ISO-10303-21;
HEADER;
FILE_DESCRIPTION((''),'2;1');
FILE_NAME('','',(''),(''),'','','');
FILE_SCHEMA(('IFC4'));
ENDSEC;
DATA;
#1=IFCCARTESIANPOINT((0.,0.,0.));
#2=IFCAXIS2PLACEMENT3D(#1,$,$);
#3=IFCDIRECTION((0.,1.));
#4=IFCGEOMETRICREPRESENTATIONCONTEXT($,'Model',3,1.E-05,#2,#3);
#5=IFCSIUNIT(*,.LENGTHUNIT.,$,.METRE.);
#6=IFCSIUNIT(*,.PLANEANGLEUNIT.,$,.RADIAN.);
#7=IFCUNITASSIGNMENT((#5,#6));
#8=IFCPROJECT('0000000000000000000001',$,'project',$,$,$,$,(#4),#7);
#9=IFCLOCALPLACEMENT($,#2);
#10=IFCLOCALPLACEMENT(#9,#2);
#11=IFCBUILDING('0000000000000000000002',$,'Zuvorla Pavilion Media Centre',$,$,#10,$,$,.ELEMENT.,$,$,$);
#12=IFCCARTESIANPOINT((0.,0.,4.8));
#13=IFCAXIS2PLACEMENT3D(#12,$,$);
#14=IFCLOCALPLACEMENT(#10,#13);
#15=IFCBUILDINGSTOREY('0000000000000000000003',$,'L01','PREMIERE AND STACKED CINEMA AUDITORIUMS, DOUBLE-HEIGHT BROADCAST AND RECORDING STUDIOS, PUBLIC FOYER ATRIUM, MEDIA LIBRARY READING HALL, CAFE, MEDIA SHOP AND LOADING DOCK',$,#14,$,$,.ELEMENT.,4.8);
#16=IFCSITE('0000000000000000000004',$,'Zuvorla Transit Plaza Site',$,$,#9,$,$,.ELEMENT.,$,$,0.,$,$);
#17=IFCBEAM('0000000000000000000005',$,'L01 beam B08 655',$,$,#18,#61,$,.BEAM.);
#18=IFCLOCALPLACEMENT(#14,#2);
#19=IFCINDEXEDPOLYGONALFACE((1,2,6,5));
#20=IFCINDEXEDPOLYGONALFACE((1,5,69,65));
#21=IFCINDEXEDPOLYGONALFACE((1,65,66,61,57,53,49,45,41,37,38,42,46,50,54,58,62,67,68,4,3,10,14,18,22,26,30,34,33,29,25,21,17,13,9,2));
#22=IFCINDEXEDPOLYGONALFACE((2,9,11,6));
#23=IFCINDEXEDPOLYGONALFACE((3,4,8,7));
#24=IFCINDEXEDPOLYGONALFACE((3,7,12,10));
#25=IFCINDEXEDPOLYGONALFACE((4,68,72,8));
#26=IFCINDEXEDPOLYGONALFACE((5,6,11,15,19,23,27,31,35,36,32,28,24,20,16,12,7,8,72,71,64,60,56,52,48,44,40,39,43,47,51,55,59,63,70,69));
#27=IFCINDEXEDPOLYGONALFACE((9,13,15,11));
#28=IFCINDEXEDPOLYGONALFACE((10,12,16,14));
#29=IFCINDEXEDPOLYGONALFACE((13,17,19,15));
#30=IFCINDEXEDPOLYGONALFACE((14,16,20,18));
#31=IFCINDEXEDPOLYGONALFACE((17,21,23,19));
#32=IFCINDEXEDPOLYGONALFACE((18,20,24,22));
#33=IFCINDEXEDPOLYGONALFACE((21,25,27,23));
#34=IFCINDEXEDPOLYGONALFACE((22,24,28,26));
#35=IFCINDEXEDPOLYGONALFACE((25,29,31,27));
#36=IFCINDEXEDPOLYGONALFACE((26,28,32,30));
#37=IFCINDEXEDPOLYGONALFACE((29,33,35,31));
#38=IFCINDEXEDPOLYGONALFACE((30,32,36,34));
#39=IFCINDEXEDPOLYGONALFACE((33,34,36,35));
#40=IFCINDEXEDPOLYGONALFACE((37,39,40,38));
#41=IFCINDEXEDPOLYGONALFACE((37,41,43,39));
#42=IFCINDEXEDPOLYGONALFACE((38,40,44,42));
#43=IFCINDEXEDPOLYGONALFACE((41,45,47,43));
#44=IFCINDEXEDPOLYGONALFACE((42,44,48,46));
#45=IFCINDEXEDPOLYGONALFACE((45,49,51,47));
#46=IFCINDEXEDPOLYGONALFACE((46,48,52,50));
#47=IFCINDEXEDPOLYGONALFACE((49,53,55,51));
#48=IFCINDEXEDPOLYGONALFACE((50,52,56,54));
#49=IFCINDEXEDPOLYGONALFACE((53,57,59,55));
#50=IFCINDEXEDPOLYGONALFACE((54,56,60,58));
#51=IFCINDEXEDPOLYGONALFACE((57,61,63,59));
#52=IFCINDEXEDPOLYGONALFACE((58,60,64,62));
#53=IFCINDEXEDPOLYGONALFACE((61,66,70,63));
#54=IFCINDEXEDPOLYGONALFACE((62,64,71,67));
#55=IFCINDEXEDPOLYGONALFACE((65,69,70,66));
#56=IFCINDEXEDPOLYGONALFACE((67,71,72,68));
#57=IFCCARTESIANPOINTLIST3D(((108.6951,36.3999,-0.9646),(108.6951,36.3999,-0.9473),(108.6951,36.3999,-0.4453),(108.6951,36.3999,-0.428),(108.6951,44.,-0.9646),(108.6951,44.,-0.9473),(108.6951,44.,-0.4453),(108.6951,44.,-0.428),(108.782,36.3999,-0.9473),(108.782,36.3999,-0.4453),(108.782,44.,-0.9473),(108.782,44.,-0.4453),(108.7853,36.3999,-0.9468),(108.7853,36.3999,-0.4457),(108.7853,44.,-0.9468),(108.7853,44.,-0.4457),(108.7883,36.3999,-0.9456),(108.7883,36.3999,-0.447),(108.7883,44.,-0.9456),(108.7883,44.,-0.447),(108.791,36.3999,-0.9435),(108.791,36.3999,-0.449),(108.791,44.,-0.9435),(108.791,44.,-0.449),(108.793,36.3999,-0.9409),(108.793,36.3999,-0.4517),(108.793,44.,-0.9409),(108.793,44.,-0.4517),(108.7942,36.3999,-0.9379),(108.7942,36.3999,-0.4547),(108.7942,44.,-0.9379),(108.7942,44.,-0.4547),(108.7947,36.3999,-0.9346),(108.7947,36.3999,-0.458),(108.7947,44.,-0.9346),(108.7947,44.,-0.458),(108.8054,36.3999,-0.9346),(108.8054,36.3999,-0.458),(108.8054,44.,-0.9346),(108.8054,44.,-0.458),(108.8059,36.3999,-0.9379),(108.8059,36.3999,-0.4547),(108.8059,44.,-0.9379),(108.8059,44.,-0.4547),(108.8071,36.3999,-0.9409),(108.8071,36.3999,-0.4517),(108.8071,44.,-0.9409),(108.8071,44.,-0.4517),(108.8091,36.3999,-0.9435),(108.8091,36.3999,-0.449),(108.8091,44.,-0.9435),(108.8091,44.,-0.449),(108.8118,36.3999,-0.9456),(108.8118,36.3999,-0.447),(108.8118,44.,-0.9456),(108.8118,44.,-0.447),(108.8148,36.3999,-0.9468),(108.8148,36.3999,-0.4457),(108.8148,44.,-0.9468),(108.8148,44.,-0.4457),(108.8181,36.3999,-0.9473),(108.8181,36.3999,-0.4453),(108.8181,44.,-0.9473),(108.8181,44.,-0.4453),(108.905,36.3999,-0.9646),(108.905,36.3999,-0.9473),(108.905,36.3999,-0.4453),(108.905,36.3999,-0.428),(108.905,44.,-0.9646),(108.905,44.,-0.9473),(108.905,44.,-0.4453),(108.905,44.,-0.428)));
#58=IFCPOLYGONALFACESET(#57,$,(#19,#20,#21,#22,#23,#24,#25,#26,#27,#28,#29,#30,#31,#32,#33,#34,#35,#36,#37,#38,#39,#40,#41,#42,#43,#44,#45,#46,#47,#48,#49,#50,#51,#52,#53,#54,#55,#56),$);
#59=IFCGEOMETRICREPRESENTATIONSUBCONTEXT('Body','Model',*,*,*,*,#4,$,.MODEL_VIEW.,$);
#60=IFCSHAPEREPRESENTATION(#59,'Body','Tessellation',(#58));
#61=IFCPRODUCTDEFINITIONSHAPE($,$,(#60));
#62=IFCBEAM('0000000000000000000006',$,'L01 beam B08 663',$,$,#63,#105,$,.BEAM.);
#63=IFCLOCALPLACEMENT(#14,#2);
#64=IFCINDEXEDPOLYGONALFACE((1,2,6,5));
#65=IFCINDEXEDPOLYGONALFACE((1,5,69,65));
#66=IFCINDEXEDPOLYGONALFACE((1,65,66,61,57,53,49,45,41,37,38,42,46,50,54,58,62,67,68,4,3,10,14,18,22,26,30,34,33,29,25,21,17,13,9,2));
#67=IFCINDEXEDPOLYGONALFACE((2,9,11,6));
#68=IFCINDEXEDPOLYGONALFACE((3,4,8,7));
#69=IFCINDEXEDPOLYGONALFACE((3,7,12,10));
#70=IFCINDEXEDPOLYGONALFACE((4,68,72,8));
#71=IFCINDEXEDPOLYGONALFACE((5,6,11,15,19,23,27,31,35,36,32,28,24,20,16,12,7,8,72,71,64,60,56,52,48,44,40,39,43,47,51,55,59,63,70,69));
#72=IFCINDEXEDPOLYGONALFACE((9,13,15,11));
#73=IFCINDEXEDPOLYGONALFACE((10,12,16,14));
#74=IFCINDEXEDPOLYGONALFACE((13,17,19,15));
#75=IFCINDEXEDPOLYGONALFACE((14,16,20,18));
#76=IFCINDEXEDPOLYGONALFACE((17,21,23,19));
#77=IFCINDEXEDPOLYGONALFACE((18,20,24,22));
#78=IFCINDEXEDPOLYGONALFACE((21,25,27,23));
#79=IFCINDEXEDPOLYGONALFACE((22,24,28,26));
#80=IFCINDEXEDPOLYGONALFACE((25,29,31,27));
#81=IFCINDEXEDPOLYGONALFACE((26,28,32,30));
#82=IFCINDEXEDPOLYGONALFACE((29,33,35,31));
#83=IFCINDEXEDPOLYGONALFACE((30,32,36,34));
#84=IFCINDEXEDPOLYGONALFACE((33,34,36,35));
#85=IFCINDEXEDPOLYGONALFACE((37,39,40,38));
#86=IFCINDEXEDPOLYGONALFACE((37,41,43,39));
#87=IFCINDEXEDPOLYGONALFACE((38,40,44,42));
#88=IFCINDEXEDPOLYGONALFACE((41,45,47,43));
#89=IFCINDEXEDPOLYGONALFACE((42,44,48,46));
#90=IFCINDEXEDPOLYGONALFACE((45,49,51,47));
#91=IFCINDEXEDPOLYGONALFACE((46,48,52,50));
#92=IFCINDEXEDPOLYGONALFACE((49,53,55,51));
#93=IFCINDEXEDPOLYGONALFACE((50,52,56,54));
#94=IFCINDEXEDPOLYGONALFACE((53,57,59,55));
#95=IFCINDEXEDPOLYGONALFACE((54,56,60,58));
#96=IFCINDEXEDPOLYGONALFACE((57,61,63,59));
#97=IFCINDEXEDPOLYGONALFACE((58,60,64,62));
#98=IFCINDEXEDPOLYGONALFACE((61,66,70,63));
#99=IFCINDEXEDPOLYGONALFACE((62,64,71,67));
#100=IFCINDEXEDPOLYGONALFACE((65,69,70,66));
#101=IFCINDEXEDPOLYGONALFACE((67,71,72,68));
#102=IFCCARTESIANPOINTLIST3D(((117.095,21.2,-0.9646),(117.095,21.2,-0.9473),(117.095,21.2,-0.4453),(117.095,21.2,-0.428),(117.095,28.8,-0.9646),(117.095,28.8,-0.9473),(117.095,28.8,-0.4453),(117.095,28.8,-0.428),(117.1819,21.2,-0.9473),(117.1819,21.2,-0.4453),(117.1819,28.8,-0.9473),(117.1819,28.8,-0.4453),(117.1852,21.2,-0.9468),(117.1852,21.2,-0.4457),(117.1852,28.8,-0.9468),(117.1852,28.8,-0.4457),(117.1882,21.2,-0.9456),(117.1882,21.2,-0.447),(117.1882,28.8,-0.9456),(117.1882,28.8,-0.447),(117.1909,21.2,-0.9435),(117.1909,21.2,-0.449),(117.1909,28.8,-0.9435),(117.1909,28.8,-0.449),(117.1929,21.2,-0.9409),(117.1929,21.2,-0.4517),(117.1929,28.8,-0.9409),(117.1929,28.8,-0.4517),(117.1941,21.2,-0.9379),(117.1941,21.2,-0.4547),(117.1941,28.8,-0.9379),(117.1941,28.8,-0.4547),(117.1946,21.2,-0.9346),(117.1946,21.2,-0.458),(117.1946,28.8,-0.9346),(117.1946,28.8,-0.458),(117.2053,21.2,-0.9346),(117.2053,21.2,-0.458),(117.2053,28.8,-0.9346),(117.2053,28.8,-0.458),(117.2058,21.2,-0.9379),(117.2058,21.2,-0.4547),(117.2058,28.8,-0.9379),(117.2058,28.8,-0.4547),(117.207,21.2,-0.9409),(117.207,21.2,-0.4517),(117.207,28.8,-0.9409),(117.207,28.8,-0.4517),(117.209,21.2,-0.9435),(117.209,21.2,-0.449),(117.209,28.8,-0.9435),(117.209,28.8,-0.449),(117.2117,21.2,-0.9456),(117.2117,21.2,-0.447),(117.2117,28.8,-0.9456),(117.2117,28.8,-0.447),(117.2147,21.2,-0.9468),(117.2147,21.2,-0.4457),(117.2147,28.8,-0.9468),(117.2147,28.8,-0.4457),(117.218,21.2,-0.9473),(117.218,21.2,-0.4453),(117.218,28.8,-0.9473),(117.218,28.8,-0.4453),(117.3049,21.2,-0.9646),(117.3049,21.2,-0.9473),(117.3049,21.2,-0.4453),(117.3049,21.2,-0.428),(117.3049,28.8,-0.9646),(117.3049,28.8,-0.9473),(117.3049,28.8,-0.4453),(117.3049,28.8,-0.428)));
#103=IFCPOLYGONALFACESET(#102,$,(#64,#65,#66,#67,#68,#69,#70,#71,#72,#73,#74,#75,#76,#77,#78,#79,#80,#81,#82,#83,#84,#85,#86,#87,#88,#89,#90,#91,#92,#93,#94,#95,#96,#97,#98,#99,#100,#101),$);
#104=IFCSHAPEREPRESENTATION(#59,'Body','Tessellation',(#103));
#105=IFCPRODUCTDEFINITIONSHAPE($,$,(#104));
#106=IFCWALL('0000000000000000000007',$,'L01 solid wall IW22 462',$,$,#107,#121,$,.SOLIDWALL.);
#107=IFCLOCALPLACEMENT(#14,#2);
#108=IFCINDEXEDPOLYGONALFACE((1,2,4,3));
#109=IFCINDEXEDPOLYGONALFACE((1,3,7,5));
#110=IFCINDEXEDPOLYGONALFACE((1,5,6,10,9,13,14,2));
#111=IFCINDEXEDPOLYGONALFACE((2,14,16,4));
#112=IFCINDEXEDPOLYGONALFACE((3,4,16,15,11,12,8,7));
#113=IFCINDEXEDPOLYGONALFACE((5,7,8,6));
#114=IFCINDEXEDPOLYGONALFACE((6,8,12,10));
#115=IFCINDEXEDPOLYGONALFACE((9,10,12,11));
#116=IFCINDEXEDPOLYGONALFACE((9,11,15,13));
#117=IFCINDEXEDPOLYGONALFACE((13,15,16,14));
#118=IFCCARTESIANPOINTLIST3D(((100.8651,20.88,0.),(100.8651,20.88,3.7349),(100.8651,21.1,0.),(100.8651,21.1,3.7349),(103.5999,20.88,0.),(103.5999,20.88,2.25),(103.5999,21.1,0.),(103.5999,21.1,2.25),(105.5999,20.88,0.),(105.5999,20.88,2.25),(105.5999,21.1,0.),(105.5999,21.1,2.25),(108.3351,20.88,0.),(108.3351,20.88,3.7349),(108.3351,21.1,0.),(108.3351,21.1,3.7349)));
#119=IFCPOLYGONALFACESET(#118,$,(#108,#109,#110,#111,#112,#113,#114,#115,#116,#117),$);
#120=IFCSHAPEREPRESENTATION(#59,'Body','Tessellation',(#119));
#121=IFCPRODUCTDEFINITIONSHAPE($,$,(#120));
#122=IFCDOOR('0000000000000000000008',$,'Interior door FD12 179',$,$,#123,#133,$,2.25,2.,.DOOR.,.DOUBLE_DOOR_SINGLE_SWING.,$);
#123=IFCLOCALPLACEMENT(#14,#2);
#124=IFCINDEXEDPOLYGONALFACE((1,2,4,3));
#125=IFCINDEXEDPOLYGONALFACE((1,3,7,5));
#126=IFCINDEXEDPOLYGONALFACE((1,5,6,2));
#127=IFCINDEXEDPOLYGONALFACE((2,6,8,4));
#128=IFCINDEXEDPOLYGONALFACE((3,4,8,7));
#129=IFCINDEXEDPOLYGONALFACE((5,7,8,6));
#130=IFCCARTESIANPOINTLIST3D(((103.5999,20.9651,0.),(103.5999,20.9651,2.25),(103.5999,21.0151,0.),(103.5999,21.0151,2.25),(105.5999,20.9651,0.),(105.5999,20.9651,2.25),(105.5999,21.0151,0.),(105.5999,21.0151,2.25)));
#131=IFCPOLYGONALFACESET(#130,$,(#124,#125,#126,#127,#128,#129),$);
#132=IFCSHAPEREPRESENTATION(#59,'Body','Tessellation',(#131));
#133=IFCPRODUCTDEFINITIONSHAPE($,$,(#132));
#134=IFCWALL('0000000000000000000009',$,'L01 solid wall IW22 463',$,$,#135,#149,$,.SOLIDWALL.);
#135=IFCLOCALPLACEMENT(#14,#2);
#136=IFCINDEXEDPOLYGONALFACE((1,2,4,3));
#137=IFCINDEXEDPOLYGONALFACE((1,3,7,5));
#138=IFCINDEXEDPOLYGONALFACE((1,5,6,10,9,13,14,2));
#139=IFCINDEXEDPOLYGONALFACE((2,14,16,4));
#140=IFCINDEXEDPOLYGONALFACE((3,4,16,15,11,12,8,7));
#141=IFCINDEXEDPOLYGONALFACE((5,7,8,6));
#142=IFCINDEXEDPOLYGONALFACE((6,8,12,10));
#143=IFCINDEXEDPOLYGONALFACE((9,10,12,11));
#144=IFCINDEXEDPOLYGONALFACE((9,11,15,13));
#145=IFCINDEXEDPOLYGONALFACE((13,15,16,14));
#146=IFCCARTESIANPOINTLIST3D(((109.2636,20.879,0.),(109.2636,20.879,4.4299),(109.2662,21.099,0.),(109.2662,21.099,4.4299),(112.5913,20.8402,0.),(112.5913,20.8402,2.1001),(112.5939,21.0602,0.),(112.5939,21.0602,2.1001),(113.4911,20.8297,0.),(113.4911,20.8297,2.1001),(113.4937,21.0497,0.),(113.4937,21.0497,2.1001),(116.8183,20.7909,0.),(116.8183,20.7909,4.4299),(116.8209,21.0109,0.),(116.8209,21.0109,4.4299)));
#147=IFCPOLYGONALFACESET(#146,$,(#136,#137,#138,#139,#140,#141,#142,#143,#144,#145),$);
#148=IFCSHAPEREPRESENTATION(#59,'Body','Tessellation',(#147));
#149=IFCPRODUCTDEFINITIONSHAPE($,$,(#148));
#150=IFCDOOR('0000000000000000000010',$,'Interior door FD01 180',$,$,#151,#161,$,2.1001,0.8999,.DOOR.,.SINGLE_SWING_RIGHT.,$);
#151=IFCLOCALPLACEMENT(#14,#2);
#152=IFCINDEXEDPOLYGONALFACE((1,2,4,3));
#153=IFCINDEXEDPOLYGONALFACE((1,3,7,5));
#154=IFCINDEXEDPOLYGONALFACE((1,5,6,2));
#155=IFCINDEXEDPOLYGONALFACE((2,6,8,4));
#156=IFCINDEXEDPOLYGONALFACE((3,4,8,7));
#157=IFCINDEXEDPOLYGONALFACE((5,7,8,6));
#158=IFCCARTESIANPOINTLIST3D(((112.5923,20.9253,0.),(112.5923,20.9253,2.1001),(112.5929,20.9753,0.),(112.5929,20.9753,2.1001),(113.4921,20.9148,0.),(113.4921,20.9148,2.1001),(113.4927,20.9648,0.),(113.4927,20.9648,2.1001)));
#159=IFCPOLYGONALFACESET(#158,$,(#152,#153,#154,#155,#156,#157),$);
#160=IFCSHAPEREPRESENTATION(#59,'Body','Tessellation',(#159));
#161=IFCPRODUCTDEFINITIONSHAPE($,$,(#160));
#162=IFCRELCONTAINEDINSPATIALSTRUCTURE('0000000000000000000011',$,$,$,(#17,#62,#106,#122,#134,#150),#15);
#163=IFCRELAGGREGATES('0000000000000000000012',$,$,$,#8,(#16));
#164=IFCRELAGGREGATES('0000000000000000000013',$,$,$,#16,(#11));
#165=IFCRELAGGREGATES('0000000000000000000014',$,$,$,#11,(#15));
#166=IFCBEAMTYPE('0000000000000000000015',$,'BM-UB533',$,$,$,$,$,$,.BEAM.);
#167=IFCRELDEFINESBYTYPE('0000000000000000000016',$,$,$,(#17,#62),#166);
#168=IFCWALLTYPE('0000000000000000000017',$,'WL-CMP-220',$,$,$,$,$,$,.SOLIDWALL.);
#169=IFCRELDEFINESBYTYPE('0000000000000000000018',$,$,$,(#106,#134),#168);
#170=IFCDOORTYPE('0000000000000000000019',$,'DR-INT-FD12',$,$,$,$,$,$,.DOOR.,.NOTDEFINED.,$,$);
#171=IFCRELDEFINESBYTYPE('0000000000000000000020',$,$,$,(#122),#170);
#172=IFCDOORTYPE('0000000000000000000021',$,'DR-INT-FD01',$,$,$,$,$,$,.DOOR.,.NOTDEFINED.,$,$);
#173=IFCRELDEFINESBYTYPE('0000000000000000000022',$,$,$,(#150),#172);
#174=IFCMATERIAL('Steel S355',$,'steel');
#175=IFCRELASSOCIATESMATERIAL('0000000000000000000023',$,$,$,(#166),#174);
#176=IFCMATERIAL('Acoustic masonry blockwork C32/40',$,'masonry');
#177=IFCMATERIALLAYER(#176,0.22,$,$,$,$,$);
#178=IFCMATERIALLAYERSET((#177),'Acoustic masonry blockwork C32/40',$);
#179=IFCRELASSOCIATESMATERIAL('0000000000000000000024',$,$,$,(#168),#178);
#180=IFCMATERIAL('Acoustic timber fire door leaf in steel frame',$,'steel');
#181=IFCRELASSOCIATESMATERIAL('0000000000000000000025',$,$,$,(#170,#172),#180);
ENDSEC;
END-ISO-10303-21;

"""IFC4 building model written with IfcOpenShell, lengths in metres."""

from ifc_helpers import new_model, si_unit, direction, frame, frame_2d, origin, origin_2d, place, context, subcontext, project, spatial, rectangle, i_section, extrude, material, layer, layer_set, material_profile, profile_set, type_object, element, fill, save


model = new_model("IFC4")

# Units and contexts
model_context = context("Model", 3, precision=1e-05, world=origin(), true_north=direction((0.0, 1.0)))
body_context = subcontext(model_context, "Body", "Model", "MODEL_VIEW")
ifc_project = project(units=[si_unit("LENGTHUNIT", "METRE"), si_unit("PLANEANGLEUNIT", "RADIAN")], contexts=[model_context])

# Site, building, storey
site_placement = place(None, origin())
site = spatial("IfcSite", under=ifc_project, at=site_placement, Name="Zuvorla Transit Plaza Site", CompositionType="ELEMENT", RefElevation=0.0)
building_placement = place(site_placement, origin())
building = spatial("IfcBuilding", under=site, at=building_placement, Name="Zuvorla Pavilion Media Centre", CompositionType="ELEMENT")
storey_placement = place(building_placement, frame((0.0, 0.0, 4.8)))
storey = spatial("IfcBuildingStorey", under=building, at=storey_placement, Name="L01", Description="PREMIERE AND STACKED CINEMA AUDITORIUMS, DOUBLE-HEIGHT BROADCAST AND RECORDING STUDIOS, PUBLIC FOYER ATRIUM, MEDIA LIBRARY READING HALL, CAFE, MEDIA SHOP AND LOADING DOCK", CompositionType="ELEMENT", Elevation=4.8)

# Shared definitions
ifc_material_1 = material(Name="Steel S355", Category="steel")

# Beams
ifc_material_profile_1 = material_profile(ifc_material_1, i_section(OverallWidth=0.21, OverallDepth=0.5366, WebThickness=0.0107, FlangeThickness=0.0173, FilletRadius=0.0127, at=origin_2d()), Name="UB 533x210x101")
ifc_profile_set_1 = profile_set([ifc_material_profile_1], Name="Steel S355")
beam_type_1 = type_object("IfcBeamType", Name="BM-UB533", PredefinedType="BEAM", material=ifc_profile_set_1)
for number, where, z_axis, x_axis, name in (
    (1, (108.8, 36.3999, -0.6963), (0.0, 1.0, 0.0), (-1.0, 0.0, 0.0), "L01 beam B08 655"),
    (2, (117.2, 21.2, -0.6963), (0.0, 1.0, 0.0), (-1.0, 0.0, 0.0), "L01 beam B08 663"),
):
    element("IfcBeam", number, at=place(storey_placement, frame(where, z_axis=z_axis, x_axis=x_axis)), inside=storey, type_object=beam_type_1, Name=name, PredefinedType="BEAM", context=body_context, shape_type="SweptSolid", body=[
        extrude(i_section(OverallWidth=0.21, OverallDepth=0.5366, WebThickness=0.0107, FlangeThickness=0.0173, FilletRadius=0.0127, at=origin_2d()), origin(), (0.0, 0.0, 1.0), 7.6001),
    ])

# Walls, openings, doors
ifc_material_2 = material(Name="Acoustic masonry blockwork C32/40", Category="masonry")
ifc_layer_1 = layer(ifc_material_2, 0.22)
ifc_layer_set_1 = layer_set([ifc_layer_1], Name="Acoustic masonry blockwork C32/40")
wall_type_1 = type_object("IfcWallType", Name="WL-CMP-220", PredefinedType="SOLIDWALL", material=ifc_layer_set_1)
wall_1_placement = place(storey_placement, frame((108.335, 20.99, 0.0), z_axis=(0.0, 0.0, 1.0), x_axis=(-1.0, 0.0, 0.0)))
wall_1 = element("IfcWall", 3, at=wall_1_placement, inside=storey, type_object=wall_type_1, Name="L01 solid wall IW22 462", PredefinedType="SOLIDWALL", context=body_context, shape_type="SweptSolid", body=[
    extrude(rectangle(XDim=7.47, YDim=0.22, at=frame_2d((3.7349, 0.0))), origin(), (0.0, 0.0, 1.0), 3.7349),
])
opening_1_placement = place(wall_1_placement, frame((2.7351, 0.0, 0.0)))
opening_1 = element("IfcOpeningElement", 4, at=opening_1_placement, cuts=wall_1, PredefinedType="OPENING", context=body_context, shape_type="SweptSolid", body=[
    extrude(rectangle(XDim=2.0, YDim=2.25, at=frame_2d((1.0, 1.125))), frame((0.0, 0.1199, 0.0), z_axis=(0.0, -1.0, 0.0), x_axis=(1.0, 0.0, 0.0)), (0.0, 0.0, 1.0), 0.24),
])
ifc_material_3 = material(Name="Acoustic timber fire door leaf in steel frame", Category="steel")
door_type_1 = type_object("IfcDoorType", Name="DR-INT-FD12", OperationType="NOTDEFINED", PredefinedType="DOOR", material=ifc_material_3)
door_1_placement = place(opening_1_placement, origin())
door_1 = element("IfcDoor", 5, at=door_1_placement, inside=storey, type_object=door_type_1, Name="Interior door FD12 179", OperationType="DOUBLE_DOOR_SINGLE_SWING", OverallHeight=2.25, OverallWidth=2.0, PredefinedType="DOOR", context=body_context, shape_type="SweptSolid", body=[
    extrude(rectangle(XDim=2.0, YDim=2.25, at=frame_2d((1.0, 1.125))), frame((0.0, 0.0249, 0.0), z_axis=(0.0, -1.0, 0.0), x_axis=(1.0, 0.0, 0.0)), (0.0, 0.0, 1.0), 0.05),
])
fill(opening_1, door_1)
wall_2_placement = place(storey_placement, frame((116.8196, 20.9009, 0.0), z_axis=(0.0, 0.0, 1.0), x_axis=(-0.999932, 0.011665, 0.0)))
wall_2 = element("IfcWall", 6, at=wall_2_placement, inside=storey, type_object=wall_type_1, Name="L01 solid wall IW22 463", PredefinedType="SOLIDWALL", context=body_context, shape_type="SweptSolid", body=[
    extrude(rectangle(XDim=7.5552, YDim=0.22, at=frame_2d((3.7776, 0.0))), origin(), (0.0, 0.0, 1.0), 4.4299),
])
opening_2_placement = place(wall_2_placement, frame((3.3274, 0.0, 0.0)))
opening_2 = element("IfcOpeningElement", 7, at=opening_2_placement, cuts=wall_2, PredefinedType="OPENING", context=body_context, shape_type="SweptSolid", body=[
    extrude(rectangle(XDim=0.8999, YDim=2.1001, at=frame_2d((0.45, 1.05))), frame((0.0, 0.1199, 0.0), z_axis=(0.0, -1.0, 0.0), x_axis=(1.0, 0.0, 0.0)), (0.0, 0.0, 1.0), 0.24),
])
door_type_2 = type_object("IfcDoorType", Name="DR-INT-FD01", OperationType="NOTDEFINED", PredefinedType="DOOR", material=ifc_material_3)
door_2_placement = place(opening_2_placement, origin())
door_2 = element("IfcDoor", 8, at=door_2_placement, inside=storey, type_object=door_type_2, Name="Interior door FD01 180", OperationType="SINGLE_SWING_RIGHT", OverallHeight=2.1001, OverallWidth=0.8999, PredefinedType="DOOR", context=body_context, shape_type="SweptSolid", body=[
    extrude(rectangle(XDim=0.8999, YDim=2.1001, at=frame_2d((0.45, 1.05))), frame((0.0, 0.0249, 0.0), z_axis=(0.0, -1.0, 0.0), x_axis=(1.0, 0.0, 0.0)), (0.0, 0.0, 1.0), 0.05),
])
fill(opening_2, door_2)

save(model, "model.ifc")
